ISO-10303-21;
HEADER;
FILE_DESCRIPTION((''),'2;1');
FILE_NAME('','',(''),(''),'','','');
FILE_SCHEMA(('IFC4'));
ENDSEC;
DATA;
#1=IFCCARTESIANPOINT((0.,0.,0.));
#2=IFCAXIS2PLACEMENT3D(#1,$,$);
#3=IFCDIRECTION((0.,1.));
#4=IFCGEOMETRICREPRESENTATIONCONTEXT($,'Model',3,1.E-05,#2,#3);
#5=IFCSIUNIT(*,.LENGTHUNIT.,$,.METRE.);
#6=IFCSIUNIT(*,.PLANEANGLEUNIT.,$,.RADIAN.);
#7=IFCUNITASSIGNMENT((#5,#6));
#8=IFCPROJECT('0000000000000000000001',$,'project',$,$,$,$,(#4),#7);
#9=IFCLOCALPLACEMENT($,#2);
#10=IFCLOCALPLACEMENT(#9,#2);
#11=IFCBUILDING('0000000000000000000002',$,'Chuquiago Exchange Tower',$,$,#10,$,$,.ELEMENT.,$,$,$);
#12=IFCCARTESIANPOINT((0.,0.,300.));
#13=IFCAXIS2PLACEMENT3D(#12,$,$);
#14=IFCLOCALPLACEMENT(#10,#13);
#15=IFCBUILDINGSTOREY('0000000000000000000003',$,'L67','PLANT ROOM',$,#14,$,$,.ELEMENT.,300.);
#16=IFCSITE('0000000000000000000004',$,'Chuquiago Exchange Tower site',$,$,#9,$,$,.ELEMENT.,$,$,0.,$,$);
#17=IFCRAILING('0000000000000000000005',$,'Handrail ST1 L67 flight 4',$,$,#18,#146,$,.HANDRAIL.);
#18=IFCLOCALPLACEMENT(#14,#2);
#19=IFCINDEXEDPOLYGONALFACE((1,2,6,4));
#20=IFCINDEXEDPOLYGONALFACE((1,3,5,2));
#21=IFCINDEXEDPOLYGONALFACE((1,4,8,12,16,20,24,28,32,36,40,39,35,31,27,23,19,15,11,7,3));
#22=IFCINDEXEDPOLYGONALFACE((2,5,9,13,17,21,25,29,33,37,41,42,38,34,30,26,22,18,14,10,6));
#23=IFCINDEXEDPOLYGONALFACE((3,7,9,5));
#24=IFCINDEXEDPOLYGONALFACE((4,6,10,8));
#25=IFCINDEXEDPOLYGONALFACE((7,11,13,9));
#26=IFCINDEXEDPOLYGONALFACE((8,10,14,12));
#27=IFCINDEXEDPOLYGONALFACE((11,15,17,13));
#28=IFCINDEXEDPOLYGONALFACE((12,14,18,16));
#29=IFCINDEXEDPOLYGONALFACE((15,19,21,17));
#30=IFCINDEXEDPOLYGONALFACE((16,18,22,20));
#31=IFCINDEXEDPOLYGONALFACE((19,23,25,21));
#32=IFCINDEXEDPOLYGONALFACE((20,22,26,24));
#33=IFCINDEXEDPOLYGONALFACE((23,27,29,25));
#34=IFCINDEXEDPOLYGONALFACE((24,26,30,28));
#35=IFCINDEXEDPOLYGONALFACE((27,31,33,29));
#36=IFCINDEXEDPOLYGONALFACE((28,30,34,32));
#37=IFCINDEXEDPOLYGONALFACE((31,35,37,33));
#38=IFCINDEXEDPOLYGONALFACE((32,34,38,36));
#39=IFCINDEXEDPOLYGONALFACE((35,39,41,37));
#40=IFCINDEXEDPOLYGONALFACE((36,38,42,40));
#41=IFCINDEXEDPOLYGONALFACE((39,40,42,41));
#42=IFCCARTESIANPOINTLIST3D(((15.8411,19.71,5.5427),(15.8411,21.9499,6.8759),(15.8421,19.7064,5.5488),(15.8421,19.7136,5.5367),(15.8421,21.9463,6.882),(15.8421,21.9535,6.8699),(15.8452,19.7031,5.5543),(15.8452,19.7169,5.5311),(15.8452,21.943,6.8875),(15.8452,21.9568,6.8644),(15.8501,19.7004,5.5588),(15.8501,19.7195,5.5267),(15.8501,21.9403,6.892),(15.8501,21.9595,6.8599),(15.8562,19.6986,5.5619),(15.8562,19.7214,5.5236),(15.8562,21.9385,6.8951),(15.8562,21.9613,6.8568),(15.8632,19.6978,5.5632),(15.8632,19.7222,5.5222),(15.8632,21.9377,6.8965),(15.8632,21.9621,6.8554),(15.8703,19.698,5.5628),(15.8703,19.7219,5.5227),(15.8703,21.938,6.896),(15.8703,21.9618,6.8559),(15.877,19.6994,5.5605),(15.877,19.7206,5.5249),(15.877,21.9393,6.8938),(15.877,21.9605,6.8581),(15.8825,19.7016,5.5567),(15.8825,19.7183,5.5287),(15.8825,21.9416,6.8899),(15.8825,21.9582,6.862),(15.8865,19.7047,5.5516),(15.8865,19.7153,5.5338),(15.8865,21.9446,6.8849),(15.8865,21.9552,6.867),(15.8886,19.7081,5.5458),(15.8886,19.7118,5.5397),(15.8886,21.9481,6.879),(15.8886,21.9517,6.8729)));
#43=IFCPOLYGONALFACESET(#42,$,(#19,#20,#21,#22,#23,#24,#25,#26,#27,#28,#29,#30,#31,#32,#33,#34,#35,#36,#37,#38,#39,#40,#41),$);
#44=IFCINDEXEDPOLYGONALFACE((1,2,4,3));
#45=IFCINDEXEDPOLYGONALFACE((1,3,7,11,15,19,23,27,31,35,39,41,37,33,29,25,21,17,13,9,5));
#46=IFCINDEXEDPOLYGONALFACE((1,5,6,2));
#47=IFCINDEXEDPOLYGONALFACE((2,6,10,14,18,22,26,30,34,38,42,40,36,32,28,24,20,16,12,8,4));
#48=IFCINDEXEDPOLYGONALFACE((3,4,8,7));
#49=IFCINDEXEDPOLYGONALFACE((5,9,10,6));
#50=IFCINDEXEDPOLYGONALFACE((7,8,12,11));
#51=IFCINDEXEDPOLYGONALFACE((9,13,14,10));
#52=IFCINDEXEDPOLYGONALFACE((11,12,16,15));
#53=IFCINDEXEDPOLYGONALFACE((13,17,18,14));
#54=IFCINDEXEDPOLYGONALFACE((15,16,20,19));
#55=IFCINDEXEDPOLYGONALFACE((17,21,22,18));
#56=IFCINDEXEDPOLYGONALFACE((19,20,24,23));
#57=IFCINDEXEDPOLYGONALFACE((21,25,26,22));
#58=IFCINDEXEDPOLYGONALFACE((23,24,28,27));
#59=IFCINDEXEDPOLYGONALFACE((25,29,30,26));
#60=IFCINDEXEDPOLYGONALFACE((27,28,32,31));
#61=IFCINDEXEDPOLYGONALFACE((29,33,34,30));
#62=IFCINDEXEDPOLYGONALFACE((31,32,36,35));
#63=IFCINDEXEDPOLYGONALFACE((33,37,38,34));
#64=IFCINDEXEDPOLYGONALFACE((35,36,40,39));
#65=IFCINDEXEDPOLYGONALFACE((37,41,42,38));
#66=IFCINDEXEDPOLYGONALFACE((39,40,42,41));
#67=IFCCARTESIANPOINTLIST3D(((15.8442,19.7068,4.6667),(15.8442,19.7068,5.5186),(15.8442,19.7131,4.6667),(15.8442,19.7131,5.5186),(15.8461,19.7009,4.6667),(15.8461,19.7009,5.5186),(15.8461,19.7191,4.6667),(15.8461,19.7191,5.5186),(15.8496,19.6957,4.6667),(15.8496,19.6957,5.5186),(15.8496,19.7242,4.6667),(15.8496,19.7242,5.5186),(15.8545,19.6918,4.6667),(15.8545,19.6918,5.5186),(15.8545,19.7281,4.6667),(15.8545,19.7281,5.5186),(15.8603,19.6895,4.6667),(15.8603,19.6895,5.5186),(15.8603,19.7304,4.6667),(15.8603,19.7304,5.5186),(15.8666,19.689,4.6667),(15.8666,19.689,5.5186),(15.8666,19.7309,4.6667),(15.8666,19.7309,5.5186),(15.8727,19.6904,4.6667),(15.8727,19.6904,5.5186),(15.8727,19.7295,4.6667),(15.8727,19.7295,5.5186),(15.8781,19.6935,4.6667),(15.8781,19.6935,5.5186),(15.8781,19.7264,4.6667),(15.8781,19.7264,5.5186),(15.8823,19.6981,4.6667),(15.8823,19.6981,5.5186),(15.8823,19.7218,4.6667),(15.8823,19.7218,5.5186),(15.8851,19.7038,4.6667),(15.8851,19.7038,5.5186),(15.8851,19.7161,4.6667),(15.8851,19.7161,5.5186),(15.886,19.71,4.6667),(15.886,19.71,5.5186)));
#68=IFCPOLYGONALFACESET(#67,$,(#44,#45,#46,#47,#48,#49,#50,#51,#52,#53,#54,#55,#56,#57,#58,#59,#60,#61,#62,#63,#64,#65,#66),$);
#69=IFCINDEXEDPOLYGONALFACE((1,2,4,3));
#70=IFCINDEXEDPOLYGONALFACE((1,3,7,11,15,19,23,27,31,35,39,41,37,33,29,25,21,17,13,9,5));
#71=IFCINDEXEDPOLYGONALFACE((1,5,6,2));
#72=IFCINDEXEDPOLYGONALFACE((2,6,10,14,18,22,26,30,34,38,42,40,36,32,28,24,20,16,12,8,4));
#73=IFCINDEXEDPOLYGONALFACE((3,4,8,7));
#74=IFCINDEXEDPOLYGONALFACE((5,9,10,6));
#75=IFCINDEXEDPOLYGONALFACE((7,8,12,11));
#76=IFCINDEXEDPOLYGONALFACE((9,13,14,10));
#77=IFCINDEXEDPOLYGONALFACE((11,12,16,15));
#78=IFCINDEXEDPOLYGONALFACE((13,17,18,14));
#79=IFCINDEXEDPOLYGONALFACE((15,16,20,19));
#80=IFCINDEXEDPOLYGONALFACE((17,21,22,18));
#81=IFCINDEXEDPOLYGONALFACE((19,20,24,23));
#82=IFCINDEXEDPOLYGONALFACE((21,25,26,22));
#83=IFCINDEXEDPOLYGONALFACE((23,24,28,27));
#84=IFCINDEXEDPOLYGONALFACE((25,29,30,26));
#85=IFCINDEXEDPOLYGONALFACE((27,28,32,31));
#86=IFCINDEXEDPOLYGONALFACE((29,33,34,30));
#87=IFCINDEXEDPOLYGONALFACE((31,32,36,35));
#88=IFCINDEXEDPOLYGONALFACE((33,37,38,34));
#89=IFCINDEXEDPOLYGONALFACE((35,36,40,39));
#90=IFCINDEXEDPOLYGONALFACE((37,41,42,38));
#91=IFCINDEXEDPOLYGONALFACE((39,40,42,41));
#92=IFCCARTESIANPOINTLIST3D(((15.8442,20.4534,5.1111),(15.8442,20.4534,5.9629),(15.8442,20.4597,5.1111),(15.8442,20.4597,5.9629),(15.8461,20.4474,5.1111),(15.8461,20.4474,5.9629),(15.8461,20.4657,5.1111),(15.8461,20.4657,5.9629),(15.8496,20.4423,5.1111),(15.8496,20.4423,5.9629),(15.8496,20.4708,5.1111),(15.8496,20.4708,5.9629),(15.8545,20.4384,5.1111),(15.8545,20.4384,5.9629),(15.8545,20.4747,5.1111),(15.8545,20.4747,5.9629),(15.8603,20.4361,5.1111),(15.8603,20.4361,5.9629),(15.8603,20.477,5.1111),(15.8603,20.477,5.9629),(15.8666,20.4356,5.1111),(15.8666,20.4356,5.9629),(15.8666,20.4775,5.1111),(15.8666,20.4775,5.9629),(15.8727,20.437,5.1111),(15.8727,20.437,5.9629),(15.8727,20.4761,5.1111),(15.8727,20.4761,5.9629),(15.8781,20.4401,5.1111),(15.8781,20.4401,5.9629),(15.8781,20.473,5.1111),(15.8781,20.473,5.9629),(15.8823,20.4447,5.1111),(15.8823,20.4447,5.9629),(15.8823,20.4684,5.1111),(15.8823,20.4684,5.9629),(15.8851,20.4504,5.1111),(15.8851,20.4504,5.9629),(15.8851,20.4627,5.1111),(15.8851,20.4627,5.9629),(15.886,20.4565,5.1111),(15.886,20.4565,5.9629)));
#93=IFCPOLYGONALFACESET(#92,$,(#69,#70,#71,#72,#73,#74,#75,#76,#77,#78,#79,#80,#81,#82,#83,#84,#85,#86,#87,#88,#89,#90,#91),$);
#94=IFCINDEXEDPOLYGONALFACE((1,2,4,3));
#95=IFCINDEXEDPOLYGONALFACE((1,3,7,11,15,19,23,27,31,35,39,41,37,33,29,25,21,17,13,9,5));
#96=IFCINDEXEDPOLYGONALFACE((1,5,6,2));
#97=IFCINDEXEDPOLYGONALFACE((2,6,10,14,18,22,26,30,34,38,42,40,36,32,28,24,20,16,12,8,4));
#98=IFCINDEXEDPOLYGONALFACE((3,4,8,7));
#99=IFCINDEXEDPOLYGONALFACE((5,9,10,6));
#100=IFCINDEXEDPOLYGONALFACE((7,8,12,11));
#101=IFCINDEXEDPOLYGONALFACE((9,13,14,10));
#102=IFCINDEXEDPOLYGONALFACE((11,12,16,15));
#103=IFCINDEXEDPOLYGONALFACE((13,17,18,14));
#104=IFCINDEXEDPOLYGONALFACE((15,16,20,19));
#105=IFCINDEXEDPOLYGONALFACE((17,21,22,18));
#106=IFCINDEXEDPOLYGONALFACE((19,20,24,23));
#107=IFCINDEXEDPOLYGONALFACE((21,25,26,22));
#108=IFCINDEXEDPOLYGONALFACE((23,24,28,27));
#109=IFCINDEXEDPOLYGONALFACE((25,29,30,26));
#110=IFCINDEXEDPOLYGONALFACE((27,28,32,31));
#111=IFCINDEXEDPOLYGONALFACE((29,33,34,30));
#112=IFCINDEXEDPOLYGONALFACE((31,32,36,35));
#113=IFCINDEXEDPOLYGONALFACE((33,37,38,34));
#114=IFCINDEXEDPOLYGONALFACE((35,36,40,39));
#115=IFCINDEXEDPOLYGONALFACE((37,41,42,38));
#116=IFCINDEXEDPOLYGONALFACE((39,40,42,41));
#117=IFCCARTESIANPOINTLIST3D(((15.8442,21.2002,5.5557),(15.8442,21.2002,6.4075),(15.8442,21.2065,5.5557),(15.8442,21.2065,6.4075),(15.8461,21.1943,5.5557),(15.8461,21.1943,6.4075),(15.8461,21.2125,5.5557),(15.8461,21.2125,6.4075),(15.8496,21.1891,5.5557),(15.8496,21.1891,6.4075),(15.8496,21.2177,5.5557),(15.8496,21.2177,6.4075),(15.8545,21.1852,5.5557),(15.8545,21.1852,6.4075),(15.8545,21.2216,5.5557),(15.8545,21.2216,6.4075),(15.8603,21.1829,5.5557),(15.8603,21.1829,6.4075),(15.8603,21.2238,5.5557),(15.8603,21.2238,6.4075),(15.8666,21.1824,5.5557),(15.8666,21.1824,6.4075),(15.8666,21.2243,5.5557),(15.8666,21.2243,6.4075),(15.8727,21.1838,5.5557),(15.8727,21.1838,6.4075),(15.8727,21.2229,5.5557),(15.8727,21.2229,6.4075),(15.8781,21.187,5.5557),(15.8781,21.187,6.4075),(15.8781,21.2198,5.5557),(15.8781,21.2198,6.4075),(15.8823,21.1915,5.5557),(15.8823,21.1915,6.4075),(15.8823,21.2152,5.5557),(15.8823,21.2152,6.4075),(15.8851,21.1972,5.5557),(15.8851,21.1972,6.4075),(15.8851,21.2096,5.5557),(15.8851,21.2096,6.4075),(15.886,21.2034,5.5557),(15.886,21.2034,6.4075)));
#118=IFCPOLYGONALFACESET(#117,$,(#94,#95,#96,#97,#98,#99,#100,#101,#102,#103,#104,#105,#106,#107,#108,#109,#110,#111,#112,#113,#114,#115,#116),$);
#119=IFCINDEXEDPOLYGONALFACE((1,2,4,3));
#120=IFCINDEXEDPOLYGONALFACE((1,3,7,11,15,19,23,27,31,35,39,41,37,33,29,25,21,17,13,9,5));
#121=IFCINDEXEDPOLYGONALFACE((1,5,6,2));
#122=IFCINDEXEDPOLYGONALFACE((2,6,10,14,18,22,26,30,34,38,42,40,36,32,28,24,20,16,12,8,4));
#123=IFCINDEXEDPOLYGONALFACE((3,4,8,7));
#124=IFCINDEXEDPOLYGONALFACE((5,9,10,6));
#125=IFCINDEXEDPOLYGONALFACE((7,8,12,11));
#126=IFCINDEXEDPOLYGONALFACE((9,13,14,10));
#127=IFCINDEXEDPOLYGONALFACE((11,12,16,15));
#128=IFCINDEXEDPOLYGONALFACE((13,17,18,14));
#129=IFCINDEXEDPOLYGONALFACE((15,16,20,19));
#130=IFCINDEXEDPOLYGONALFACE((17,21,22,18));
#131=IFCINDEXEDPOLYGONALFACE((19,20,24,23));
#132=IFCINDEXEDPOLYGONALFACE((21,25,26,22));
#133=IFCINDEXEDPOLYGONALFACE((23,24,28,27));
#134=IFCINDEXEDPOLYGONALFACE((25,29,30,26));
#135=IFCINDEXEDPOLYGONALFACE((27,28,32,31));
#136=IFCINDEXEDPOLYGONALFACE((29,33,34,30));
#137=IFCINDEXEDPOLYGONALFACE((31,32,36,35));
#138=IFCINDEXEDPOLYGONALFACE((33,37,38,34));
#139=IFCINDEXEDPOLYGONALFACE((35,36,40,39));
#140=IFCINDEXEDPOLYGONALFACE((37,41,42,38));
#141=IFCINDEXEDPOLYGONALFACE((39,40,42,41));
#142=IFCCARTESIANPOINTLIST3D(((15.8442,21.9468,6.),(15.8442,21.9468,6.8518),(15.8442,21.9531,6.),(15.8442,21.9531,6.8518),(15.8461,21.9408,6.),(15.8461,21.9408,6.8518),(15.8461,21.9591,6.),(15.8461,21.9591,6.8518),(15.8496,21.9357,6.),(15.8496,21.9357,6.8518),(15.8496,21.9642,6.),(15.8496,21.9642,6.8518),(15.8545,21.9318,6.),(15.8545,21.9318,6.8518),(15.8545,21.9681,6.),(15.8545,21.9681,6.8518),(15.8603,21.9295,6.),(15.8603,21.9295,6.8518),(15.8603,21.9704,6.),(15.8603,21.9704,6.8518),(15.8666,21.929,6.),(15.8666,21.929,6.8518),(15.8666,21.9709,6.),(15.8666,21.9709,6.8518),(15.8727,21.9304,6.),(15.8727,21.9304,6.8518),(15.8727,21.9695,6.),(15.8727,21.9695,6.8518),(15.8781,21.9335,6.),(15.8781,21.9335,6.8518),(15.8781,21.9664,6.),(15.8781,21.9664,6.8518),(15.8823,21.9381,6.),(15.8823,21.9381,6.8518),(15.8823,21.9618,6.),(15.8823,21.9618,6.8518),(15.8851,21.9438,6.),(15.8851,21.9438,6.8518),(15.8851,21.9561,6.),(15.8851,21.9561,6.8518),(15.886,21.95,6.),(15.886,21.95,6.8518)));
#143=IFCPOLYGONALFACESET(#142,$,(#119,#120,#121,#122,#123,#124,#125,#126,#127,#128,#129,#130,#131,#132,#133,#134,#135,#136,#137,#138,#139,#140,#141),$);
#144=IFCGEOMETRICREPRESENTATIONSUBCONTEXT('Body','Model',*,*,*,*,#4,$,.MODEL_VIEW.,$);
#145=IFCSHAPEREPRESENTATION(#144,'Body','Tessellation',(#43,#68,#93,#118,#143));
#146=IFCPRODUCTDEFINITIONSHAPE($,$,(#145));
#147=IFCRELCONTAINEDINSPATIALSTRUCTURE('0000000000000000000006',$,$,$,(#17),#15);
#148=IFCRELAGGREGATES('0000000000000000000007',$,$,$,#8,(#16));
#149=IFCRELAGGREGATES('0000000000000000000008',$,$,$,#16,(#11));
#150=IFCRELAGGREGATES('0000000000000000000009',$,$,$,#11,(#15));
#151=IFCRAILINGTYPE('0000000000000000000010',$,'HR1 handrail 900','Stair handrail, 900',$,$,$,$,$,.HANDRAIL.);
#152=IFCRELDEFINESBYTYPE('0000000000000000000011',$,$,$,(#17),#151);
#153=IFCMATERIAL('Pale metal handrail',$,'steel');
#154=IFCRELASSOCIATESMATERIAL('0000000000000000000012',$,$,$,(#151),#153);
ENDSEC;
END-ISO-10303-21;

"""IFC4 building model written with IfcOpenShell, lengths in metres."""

from ifc_helpers import new_model, si_unit, direction, frame, origin, origin_2d, place, context, subcontext, project, spatial, circle, extrude, material, type_object, element, save


model = new_model("IFC4")

# Units and contexts
model_context = context("Model", 3, precision=1e-05, world=origin(), true_north=direction((0.0, 1.0)))
body_context = subcontext(model_context, "Body", "Model", "MODEL_VIEW")
ifc_project = project(units=[si_unit("LENGTHUNIT", "METRE"), si_unit("PLANEANGLEUNIT", "RADIAN")], contexts=[model_context])

# Site, building, storey
site_placement = place(None, origin())
site = spatial("IfcSite", under=ifc_project, at=site_placement, Name="Chuquiago Exchange Tower site", CompositionType="ELEMENT", RefElevation=0.0)
building_placement = place(site_placement, origin())
building = spatial("IfcBuilding", under=site, at=building_placement, Name="Chuquiago Exchange Tower", CompositionType="ELEMENT")
storey_placement = place(building_placement, frame((0.0, 0.0, 300.0)))
storey = spatial("IfcBuildingStorey", under=building, at=storey_placement, Name="L67", Description="PLANT ROOM", CompositionType="ELEMENT", Elevation=300.0)

# Railing
ifc_material_1 = material(Name="Pale metal handrail", Category="steel")
railing_type_1 = type_object("IfcRailingType", Name="HR1 handrail 900", Description="Stair handrail, 900", PredefinedType="HANDRAIL", material=ifc_material_1)
for number, where, name in (
    (1, (15.865, 19.71, 4.6667), "Handrail ST1 L67 flight 4"),
):
    element("IfcRailing", number, at=place(storey_placement, frame(where)), inside=storey, type_object=railing_type_1, Name=name, PredefinedType="HANDRAIL", context=body_context, shape_type="SweptSolid", body=[
        extrude(circle(Radius=0.0239, at=origin_2d()), frame((0.0, 0.0, 0.876), z_axis=(0.0, 0.859306, 0.511462), x_axis=(-1.0, 0.0, 0.0)), (0.0, 0.0, 1.0), 2.6067),
        extrude(circle(Radius=0.021, at=origin_2d()), origin(), (0.0, 0.0, 1.0), 0.8518),
        extrude(circle(Radius=0.021, at=origin_2d()), frame((0.0, 0.7466, 0.4443)), (0.0, 0.0, 1.0), 0.8518),
        extrude(circle(Radius=0.021, at=origin_2d()), frame((0.0, 1.4934, 0.8889)), (0.0, 0.0, 1.0), 0.8518),
        extrude(circle(Radius=0.021, at=origin_2d()), frame((0.0, 2.24, 1.3333)), (0.0, 0.0, 1.0), 0.8518),
    ])

save(model, "model.ifc")
